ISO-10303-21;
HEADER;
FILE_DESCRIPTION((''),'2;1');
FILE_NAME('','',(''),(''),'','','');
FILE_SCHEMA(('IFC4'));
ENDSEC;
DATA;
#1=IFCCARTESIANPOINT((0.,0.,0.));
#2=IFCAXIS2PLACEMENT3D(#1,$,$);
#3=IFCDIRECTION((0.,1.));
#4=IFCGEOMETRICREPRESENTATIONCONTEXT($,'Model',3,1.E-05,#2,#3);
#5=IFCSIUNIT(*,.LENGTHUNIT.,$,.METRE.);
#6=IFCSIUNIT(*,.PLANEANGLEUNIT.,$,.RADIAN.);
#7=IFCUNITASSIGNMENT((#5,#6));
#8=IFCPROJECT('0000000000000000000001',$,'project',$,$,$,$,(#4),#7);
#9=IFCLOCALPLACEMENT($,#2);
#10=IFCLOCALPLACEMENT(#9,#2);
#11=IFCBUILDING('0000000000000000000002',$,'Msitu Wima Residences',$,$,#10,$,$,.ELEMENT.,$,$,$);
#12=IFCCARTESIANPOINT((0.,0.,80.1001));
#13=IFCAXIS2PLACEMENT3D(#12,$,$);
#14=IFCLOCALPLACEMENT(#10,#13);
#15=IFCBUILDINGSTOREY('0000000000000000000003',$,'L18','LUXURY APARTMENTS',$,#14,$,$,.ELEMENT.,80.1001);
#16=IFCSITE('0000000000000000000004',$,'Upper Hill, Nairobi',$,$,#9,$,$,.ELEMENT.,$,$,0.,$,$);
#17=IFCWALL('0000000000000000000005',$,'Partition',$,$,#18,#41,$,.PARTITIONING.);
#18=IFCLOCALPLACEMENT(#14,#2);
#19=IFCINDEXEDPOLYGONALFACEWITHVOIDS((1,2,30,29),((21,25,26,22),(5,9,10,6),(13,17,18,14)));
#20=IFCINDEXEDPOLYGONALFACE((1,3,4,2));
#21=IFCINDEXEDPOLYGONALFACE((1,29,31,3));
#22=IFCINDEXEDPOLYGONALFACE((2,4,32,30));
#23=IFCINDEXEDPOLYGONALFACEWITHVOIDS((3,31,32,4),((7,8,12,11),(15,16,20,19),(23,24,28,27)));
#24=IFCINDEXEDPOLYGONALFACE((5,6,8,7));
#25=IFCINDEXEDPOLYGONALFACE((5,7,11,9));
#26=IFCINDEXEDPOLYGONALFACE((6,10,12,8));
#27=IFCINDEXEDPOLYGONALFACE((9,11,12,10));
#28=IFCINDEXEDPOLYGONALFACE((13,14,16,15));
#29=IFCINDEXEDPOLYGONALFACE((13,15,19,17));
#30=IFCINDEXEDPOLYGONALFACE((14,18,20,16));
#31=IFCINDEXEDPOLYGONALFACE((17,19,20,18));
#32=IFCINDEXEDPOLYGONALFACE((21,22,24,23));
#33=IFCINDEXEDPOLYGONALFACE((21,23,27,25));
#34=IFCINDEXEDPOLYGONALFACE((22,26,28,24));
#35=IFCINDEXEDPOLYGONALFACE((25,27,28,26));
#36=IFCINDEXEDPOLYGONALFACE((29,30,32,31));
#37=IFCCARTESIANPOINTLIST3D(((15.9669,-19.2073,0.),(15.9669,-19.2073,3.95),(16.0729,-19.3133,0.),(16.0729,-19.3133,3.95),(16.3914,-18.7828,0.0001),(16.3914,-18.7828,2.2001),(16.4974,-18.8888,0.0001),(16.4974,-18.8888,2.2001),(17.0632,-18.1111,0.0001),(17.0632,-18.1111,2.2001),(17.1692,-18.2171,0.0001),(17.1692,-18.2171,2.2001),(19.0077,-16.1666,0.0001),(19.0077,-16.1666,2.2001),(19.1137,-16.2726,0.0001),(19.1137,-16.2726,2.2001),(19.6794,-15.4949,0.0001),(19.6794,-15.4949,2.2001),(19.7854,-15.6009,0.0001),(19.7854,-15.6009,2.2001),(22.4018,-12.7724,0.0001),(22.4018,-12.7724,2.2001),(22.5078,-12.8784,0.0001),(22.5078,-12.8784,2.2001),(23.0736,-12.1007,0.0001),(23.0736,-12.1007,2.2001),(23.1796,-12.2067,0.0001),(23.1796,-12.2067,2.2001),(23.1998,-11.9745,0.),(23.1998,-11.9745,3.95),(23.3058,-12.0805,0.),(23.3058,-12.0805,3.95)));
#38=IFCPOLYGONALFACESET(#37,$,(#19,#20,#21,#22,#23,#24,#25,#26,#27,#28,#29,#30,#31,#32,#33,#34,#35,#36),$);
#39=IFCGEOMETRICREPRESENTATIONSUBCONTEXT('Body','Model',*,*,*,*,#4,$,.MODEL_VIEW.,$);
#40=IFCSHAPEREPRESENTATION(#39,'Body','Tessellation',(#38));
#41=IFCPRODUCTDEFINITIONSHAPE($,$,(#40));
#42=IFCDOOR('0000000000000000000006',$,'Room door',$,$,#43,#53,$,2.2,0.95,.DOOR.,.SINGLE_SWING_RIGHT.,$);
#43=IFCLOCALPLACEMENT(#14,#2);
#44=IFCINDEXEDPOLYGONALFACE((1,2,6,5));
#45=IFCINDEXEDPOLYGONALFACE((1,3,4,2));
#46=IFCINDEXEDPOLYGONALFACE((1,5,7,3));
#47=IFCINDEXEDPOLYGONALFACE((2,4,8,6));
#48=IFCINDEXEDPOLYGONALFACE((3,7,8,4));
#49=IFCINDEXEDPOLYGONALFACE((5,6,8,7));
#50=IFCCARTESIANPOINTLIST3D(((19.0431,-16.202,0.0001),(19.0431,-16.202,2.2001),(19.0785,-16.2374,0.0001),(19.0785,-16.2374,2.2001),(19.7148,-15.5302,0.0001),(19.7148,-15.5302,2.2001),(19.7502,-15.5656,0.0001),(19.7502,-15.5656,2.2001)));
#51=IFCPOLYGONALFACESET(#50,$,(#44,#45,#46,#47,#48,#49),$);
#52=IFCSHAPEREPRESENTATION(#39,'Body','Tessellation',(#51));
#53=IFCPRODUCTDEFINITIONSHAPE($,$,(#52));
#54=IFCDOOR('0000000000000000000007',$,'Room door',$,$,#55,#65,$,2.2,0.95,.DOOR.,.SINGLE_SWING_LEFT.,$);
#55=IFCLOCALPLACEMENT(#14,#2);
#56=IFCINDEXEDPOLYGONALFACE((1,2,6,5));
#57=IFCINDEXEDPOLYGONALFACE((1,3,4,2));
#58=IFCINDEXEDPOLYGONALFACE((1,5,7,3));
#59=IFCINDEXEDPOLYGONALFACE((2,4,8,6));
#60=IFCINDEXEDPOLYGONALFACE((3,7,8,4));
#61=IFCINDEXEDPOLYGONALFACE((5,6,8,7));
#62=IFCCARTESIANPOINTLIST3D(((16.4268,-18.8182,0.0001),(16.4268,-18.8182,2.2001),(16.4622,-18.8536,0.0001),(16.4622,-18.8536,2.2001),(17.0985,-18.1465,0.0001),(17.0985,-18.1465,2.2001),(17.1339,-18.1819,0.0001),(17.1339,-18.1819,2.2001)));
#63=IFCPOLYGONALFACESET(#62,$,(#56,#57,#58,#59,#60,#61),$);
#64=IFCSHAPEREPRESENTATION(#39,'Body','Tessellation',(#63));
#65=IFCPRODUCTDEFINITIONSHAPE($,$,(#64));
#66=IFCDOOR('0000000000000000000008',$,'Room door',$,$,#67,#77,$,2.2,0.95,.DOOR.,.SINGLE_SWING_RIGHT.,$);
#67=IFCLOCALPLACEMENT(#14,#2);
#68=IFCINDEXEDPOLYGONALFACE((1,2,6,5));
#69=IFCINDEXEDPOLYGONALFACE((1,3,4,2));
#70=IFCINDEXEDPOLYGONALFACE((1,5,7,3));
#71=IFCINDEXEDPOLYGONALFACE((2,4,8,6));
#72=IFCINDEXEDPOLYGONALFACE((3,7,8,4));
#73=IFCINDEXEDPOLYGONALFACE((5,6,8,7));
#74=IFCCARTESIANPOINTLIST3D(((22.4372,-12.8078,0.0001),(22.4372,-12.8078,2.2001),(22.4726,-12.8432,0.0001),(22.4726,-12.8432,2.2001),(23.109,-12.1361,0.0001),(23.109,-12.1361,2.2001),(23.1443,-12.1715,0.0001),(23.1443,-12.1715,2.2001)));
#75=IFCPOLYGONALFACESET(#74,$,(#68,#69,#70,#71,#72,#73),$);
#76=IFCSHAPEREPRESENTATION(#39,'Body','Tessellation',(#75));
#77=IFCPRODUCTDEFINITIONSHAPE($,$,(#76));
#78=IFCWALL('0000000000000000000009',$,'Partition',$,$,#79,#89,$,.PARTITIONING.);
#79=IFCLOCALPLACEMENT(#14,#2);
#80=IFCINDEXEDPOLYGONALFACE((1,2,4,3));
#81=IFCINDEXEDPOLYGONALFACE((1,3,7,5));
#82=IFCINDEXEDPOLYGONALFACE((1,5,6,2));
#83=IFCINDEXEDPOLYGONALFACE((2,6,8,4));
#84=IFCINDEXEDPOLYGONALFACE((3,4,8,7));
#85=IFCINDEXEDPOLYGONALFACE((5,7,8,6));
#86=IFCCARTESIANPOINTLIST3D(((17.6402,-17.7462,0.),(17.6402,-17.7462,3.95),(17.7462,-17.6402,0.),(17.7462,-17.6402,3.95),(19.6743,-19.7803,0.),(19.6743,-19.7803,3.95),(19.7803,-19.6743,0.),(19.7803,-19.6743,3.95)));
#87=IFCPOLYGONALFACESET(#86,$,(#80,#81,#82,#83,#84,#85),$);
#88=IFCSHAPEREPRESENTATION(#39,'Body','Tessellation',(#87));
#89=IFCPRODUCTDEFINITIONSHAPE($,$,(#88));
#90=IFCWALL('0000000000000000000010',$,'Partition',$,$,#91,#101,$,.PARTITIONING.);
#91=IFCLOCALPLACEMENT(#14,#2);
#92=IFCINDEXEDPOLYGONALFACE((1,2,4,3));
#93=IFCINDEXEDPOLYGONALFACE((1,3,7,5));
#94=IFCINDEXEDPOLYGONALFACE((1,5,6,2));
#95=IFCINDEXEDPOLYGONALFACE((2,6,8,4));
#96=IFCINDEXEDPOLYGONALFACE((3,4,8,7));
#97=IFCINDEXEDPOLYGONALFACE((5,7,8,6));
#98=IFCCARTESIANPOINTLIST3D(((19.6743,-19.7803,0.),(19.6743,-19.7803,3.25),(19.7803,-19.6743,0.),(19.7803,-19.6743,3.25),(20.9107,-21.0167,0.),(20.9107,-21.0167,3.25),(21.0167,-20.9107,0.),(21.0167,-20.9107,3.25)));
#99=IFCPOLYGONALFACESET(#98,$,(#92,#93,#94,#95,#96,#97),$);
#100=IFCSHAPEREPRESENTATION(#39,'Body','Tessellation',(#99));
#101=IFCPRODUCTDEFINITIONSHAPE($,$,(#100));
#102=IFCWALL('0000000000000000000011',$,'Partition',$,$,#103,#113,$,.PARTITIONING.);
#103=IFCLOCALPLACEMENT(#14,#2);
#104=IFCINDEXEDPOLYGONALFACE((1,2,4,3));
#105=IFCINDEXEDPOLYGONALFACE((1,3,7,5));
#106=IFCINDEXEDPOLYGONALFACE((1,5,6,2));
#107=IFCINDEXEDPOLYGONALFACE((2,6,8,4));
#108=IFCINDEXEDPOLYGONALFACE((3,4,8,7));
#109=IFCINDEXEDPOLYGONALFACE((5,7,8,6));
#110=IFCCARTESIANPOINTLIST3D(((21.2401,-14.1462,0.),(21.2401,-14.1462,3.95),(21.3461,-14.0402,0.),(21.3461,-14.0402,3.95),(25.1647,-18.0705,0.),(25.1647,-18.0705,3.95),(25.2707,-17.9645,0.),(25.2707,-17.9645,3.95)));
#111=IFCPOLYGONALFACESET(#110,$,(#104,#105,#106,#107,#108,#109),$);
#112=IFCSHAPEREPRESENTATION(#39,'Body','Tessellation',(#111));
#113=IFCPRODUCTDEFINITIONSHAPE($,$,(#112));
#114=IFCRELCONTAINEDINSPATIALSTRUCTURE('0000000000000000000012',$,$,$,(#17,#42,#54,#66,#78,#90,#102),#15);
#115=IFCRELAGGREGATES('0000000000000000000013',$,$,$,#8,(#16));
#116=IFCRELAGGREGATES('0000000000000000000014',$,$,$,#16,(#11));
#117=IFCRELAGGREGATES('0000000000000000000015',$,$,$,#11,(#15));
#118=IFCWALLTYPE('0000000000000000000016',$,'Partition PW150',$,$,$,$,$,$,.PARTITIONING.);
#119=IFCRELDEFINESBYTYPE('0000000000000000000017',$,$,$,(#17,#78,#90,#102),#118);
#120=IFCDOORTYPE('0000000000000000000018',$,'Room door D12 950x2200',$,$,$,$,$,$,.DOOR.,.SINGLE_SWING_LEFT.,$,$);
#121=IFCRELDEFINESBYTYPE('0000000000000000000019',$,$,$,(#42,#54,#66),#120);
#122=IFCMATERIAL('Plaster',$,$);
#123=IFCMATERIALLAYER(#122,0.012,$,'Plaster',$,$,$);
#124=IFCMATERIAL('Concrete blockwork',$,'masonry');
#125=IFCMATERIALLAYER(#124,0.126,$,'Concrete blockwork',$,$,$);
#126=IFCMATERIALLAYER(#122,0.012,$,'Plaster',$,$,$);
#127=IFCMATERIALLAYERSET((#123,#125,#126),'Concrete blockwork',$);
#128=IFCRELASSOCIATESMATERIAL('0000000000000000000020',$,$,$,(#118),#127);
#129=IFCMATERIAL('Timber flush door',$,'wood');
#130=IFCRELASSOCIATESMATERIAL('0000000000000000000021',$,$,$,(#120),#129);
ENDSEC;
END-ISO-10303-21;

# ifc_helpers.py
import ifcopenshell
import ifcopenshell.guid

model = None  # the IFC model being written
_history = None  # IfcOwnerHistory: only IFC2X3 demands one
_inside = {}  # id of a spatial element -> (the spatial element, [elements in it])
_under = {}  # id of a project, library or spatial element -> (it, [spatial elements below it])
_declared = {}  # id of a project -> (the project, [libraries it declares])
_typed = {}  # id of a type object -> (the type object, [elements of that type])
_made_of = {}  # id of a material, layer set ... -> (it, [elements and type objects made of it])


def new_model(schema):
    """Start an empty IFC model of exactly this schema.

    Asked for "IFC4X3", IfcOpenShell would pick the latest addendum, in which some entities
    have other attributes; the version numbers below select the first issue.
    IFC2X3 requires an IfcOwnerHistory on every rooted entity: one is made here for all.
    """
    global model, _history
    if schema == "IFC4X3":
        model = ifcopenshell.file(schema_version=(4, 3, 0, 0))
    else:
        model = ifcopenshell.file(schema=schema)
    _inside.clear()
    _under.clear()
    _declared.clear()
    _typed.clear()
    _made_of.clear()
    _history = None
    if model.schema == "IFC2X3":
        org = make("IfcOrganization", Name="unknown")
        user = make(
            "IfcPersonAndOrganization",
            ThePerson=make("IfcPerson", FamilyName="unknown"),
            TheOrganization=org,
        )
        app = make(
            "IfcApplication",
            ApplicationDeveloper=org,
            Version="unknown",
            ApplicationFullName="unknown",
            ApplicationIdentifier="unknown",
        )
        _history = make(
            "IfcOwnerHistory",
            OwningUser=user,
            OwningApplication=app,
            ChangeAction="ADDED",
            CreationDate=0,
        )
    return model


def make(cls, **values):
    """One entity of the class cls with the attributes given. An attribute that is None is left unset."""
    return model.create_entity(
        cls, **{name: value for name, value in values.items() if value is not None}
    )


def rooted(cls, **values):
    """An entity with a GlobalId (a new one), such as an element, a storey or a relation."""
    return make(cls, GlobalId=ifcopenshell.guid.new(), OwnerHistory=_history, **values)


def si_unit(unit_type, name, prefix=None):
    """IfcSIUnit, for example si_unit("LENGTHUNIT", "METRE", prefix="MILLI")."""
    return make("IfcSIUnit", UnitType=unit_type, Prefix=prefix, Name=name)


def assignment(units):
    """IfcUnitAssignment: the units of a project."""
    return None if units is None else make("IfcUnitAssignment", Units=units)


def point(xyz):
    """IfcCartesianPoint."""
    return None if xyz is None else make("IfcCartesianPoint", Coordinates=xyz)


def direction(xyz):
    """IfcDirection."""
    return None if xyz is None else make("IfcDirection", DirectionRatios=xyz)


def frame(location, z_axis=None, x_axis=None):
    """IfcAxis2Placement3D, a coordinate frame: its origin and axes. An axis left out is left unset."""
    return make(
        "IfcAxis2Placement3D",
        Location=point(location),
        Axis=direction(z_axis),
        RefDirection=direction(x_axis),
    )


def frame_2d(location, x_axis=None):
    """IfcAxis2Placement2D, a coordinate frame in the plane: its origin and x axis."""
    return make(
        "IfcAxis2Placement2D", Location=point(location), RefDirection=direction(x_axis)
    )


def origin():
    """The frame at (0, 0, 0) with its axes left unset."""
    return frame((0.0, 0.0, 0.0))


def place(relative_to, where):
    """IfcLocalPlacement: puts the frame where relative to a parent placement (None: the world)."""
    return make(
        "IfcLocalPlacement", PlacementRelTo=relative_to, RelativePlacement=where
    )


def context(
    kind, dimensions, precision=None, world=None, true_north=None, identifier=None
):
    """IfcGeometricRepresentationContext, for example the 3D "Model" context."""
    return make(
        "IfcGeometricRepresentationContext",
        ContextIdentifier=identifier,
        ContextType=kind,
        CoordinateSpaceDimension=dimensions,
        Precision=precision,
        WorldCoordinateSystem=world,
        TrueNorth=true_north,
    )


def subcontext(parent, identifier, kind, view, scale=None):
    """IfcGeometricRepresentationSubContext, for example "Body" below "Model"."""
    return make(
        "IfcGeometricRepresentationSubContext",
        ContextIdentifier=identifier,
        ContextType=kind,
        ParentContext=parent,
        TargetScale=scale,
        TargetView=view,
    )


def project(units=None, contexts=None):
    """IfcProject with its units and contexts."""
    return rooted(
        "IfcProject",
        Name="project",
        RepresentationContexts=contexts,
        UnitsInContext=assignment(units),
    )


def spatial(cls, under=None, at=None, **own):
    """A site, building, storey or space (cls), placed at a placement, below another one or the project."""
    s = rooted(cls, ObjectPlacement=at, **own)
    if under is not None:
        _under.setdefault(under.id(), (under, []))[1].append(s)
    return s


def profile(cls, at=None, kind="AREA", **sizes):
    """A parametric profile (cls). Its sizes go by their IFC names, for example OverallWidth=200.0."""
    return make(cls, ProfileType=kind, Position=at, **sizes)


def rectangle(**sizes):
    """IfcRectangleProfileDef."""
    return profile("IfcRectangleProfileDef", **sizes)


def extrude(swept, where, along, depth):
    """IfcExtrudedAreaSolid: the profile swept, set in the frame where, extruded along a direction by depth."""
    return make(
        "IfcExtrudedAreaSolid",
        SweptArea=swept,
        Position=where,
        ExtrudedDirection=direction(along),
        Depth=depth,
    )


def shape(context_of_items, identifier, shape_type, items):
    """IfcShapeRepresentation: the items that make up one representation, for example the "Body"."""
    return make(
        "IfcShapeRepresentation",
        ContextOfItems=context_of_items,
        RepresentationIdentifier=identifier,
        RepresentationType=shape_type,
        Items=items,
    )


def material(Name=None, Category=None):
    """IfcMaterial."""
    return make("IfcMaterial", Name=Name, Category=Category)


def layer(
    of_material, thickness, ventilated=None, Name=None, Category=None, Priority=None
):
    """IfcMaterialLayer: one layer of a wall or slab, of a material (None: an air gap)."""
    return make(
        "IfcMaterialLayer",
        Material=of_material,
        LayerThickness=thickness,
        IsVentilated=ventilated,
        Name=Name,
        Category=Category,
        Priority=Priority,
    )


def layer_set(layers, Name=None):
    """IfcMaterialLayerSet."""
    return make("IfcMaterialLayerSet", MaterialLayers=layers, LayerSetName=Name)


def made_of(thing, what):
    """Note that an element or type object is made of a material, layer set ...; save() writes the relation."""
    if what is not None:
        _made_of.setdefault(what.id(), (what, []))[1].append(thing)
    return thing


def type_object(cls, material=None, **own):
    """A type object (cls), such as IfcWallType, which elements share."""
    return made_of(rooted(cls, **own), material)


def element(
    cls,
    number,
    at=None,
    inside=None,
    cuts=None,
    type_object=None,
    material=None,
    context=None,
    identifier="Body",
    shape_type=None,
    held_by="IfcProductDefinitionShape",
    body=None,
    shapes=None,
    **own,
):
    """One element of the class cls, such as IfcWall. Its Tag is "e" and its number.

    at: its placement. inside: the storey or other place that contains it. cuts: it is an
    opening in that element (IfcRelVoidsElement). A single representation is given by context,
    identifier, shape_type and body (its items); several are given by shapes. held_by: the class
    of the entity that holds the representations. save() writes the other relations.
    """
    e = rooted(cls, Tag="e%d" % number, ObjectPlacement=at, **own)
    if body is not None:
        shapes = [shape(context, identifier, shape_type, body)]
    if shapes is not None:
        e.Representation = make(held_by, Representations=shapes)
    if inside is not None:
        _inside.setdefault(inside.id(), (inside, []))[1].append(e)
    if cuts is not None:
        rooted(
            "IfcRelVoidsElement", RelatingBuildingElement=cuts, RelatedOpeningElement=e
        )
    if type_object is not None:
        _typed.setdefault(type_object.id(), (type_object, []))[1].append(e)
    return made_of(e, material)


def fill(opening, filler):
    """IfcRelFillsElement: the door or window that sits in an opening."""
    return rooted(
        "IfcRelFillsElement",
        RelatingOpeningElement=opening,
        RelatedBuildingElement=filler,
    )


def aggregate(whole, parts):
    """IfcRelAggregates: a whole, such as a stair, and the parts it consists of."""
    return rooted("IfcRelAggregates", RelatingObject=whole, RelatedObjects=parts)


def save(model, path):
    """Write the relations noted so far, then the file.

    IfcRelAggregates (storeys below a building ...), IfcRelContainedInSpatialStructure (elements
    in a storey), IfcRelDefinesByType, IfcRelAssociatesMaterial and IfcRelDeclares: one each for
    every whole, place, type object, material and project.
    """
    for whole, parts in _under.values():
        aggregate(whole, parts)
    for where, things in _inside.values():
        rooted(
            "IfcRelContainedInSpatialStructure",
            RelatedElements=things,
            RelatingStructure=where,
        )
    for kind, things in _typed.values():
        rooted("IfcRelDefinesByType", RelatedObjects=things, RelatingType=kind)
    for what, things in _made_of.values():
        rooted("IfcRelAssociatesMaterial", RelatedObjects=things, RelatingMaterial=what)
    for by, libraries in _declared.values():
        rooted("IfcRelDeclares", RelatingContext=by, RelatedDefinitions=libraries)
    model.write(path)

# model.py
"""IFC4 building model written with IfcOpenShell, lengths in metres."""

from ifc_helpers import new_model, si_unit, direction, frame, frame_2d, origin, place, context, subcontext, project, spatial, rectangle, extrude, material, layer, layer_set, type_object, element, fill, save


model = new_model("IFC4")

# Units and contexts
model_context = context("Model", 3, precision=1e-05, world=origin(), true_north=direction((0.0, 1.0)))
body_context = subcontext(model_context, "Body", "Model", "MODEL_VIEW")
ifc_project = project(units=[si_unit("LENGTHUNIT", "METRE"), si_unit("PLANEANGLEUNIT", "RADIAN")], contexts=[model_context])

# Site, building, storey
site_placement = place(None, origin())
site = spatial("IfcSite", under=ifc_project, at=site_placement, Name="Upper Hill, Nairobi", CompositionType="ELEMENT", RefElevation=0.0)
building_placement = place(site_placement, origin())
building = spatial("IfcBuilding", under=site, at=building_placement, Name="Msitu Wima Residences", CompositionType="ELEMENT")
storey_placement = place(building_placement, frame((0.0, 0.0, 80.1001)))
storey = spatial("IfcBuildingStorey", under=building, at=storey_placement, Name="L18", Description="LUXURY APARTMENTS", CompositionType="ELEMENT", Elevation=80.1001)

# Shared definitions
ifc_material_1 = material(Name="Plaster")
ifc_material_2 = material(Name="Concrete blockwork", Category="masonry")

# Wall, openings, doors
ifc_layer_1 = layer(ifc_material_1, 0.012, Name="Plaster")
ifc_layer_2 = layer(ifc_material_2, 0.126, Name="Concrete blockwork")
ifc_layer_3 = layer(ifc_material_1, 0.012, Name="Plaster")
ifc_layer_set_1 = layer_set([ifc_layer_1, ifc_layer_2, ifc_layer_3], Name="Concrete blockwork")
wall_type_1 = type_object("IfcWallType", Name="Partition PW150", PredefinedType="PARTITIONING", material=ifc_layer_set_1)
wall_1_placement = place(storey_placement, frame((16.02, -19.2603, 0.0), z_axis=(0.0, 0.0, 1.0), x_axis=(0.707107, 0.707107, 0.0)))
wall_1 = element("IfcWall", 1, at=wall_1_placement, inside=storey, type_object=wall_type_1, Name="Partition", PredefinedType="PARTITIONING", context=body_context, shape_type="SweptSolid", body=[
    extrude(rectangle(XDim=10.2288, YDim=0.1499, at=frame_2d((5.1143, 0.0))), origin(), (0.0, 0.0, 1.0), 3.95),
])
opening_1_placement = place(wall_1_placement, frame((4.3, 0.0, 0.0)))
opening_1 = element("IfcOpeningElement", 2, at=opening_1_placement, cuts=wall_1, PredefinedType="OPENING", context=body_context, shape_type="SweptSolid", body=[
    extrude(rectangle(XDim=0.95, YDim=2.2, at=frame_2d((0.4751, 1.1001))), frame((0.0, 0.085, 0.0), z_axis=(0.0, -1.0, 0.0), x_axis=(1.0, 0.0, 0.0)), (0.0, 0.0, 1.0), 0.1699),
])
opening_2_placement = place(wall_1_placement, frame((0.6001, 0.0, 0.0)))
opening_2 = element("IfcOpeningElement", 3, at=opening_2_placement, cuts=wall_1, PredefinedType="OPENING", context=body_context, shape_type="SweptSolid", body=[
    extrude(rectangle(XDim=0.95, YDim=2.2, at=frame_2d((0.4751, 1.1001))), frame((0.0, 0.085, 0.0), z_axis=(0.0, -1.0, 0.0), x_axis=(1.0, 0.0, 0.0)), (0.0, 0.0, 1.0), 0.1699),
])
opening_3_placement = place(wall_1_placement, frame((9.1001, 0.0, 0.0)))
opening_3 = element("IfcOpeningElement", 4, at=opening_3_placement, cuts=wall_1, PredefinedType="OPENING", context=body_context, shape_type="SweptSolid", body=[
    extrude(rectangle(XDim=0.95, YDim=2.2, at=frame_2d((0.4751, 1.1001))), frame((0.0, 0.085, 0.0), z_axis=(0.0, -1.0, 0.0), x_axis=(1.0, 0.0, 0.0)), (0.0, 0.0, 1.0), 0.1699),
])
ifc_material_3 = material(Name="Timber flush door", Category="wood")
door_type_1 = type_object("IfcDoorType", Name="Room door D12 950x2200", OperationType="SINGLE_SWING_LEFT", PredefinedType="DOOR", material=ifc_material_3)
door_1_placement = place(opening_1_placement, origin())
door_1 = element("IfcDoor", 5, at=door_1_placement, inside=storey, type_object=door_type_1, Name="Room door", OperationType="SINGLE_SWING_RIGHT", OverallHeight=2.2, OverallWidth=0.95, PredefinedType="DOOR", context=body_context, shape_type="SweptSolid", body=[
    extrude(rectangle(XDim=0.95, YDim=2.2, at=frame_2d((0.4751, 1.1001))), frame((0.0, 0.0249, 0.0), z_axis=(0.0, -1.0, 0.0), x_axis=(1.0, 0.0, 0.0)), (0.0, 0.0, 1.0), 0.05),
])
fill(opening_1, door_1)
door_2_placement = place(opening_2_placement, origin())
door_2 = element("IfcDoor", 6, at=door_2_placement, inside=storey, type_object=door_type_1, Name="Room door", OperationType="SINGLE_SWING_LEFT", OverallHeight=2.2, OverallWidth=0.95, PredefinedType="DOOR", context=body_context, shape_type="SweptSolid", body=[
    extrude(rectangle(XDim=0.95, YDim=2.2, at=frame_2d((0.4751, 1.1001))), frame((0.0, 0.0249, 0.0), z_axis=(0.0, -1.0, 0.0), x_axis=(1.0, 0.0, 0.0)), (0.0, 0.0, 1.0), 0.05),
])
fill(opening_2, door_2)
door_3_placement = place(opening_3_placement, origin())
door_3 = element("IfcDoor", 7, at=door_3_placement, inside=storey, type_object=door_type_1, Name="Room door", OperationType="SINGLE_SWING_RIGHT", OverallHeight=2.2, OverallWidth=0.95, PredefinedType="DOOR", context=body_context, shape_type="SweptSolid", body=[
    extrude(rectangle(XDim=0.95, YDim=2.2, at=frame_2d((0.4751, 1.1001))), frame((0.0, 0.0249, 0.0), z_axis=(0.0, -1.0, 0.0), x_axis=(1.0, 0.0, 0.0)), (0.0, 0.0, 1.0), 0.05),
])
fill(opening_3, door_3)

# Walls
wall_2_placement = place(storey_placement, frame((17.6931, -17.6931, 0.0), z_axis=(0.0, 0.0, 1.0), x_axis=(0.707107, -0.707107, 0.0)))
element("IfcWall", 8, at=wall_2_placement, inside=storey, type_object=wall_type_1, Name="Partition", PredefinedType="PARTITIONING", context=body_context, shape_type="SweptSolid", body=[
    extrude(rectangle(XDim=2.8767, YDim=0.1499, at=frame_2d((1.4385, 0.0))), origin(), (0.0, 0.0, 1.0), 3.95),
])
wall_3_placement = place(storey_placement, frame((19.7273, -19.7273, 0.0), z_axis=(0.0, 0.0, 1.0), x_axis=(0.707107, -0.707107, 0.0)))
element("IfcWall", 9, at=wall_3_placement, inside=storey, type_object=wall_type_1, Name="Partition", PredefinedType="PARTITIONING", context=body_context, shape_type="SweptSolid", body=[
    extrude(rectangle(XDim=1.7485, YDim=0.1499, at=frame_2d((0.8743, 0.0))), origin(), (0.0, 0.0, 1.0), 3.25),
])
wall_4_placement = place(storey_placement, frame((21.2932, -14.0933, 0.0), z_axis=(0.0, 0.0, 1.0), x_axis=(0.707129, -0.707085, 0.0)))
element("IfcWall", 10, at=wall_4_placement, inside=storey, type_object=wall_type_1, Name="Partition", PredefinedType="PARTITIONING", context=body_context, shape_type="SweptSolid", body=[
    extrude(rectangle(XDim=5.55, YDim=0.1499, at=frame_2d((2.7749, 0.0))), origin(), (0.0, 0.0, 1.0), 3.95),
])

save(model, "model.ifc")
